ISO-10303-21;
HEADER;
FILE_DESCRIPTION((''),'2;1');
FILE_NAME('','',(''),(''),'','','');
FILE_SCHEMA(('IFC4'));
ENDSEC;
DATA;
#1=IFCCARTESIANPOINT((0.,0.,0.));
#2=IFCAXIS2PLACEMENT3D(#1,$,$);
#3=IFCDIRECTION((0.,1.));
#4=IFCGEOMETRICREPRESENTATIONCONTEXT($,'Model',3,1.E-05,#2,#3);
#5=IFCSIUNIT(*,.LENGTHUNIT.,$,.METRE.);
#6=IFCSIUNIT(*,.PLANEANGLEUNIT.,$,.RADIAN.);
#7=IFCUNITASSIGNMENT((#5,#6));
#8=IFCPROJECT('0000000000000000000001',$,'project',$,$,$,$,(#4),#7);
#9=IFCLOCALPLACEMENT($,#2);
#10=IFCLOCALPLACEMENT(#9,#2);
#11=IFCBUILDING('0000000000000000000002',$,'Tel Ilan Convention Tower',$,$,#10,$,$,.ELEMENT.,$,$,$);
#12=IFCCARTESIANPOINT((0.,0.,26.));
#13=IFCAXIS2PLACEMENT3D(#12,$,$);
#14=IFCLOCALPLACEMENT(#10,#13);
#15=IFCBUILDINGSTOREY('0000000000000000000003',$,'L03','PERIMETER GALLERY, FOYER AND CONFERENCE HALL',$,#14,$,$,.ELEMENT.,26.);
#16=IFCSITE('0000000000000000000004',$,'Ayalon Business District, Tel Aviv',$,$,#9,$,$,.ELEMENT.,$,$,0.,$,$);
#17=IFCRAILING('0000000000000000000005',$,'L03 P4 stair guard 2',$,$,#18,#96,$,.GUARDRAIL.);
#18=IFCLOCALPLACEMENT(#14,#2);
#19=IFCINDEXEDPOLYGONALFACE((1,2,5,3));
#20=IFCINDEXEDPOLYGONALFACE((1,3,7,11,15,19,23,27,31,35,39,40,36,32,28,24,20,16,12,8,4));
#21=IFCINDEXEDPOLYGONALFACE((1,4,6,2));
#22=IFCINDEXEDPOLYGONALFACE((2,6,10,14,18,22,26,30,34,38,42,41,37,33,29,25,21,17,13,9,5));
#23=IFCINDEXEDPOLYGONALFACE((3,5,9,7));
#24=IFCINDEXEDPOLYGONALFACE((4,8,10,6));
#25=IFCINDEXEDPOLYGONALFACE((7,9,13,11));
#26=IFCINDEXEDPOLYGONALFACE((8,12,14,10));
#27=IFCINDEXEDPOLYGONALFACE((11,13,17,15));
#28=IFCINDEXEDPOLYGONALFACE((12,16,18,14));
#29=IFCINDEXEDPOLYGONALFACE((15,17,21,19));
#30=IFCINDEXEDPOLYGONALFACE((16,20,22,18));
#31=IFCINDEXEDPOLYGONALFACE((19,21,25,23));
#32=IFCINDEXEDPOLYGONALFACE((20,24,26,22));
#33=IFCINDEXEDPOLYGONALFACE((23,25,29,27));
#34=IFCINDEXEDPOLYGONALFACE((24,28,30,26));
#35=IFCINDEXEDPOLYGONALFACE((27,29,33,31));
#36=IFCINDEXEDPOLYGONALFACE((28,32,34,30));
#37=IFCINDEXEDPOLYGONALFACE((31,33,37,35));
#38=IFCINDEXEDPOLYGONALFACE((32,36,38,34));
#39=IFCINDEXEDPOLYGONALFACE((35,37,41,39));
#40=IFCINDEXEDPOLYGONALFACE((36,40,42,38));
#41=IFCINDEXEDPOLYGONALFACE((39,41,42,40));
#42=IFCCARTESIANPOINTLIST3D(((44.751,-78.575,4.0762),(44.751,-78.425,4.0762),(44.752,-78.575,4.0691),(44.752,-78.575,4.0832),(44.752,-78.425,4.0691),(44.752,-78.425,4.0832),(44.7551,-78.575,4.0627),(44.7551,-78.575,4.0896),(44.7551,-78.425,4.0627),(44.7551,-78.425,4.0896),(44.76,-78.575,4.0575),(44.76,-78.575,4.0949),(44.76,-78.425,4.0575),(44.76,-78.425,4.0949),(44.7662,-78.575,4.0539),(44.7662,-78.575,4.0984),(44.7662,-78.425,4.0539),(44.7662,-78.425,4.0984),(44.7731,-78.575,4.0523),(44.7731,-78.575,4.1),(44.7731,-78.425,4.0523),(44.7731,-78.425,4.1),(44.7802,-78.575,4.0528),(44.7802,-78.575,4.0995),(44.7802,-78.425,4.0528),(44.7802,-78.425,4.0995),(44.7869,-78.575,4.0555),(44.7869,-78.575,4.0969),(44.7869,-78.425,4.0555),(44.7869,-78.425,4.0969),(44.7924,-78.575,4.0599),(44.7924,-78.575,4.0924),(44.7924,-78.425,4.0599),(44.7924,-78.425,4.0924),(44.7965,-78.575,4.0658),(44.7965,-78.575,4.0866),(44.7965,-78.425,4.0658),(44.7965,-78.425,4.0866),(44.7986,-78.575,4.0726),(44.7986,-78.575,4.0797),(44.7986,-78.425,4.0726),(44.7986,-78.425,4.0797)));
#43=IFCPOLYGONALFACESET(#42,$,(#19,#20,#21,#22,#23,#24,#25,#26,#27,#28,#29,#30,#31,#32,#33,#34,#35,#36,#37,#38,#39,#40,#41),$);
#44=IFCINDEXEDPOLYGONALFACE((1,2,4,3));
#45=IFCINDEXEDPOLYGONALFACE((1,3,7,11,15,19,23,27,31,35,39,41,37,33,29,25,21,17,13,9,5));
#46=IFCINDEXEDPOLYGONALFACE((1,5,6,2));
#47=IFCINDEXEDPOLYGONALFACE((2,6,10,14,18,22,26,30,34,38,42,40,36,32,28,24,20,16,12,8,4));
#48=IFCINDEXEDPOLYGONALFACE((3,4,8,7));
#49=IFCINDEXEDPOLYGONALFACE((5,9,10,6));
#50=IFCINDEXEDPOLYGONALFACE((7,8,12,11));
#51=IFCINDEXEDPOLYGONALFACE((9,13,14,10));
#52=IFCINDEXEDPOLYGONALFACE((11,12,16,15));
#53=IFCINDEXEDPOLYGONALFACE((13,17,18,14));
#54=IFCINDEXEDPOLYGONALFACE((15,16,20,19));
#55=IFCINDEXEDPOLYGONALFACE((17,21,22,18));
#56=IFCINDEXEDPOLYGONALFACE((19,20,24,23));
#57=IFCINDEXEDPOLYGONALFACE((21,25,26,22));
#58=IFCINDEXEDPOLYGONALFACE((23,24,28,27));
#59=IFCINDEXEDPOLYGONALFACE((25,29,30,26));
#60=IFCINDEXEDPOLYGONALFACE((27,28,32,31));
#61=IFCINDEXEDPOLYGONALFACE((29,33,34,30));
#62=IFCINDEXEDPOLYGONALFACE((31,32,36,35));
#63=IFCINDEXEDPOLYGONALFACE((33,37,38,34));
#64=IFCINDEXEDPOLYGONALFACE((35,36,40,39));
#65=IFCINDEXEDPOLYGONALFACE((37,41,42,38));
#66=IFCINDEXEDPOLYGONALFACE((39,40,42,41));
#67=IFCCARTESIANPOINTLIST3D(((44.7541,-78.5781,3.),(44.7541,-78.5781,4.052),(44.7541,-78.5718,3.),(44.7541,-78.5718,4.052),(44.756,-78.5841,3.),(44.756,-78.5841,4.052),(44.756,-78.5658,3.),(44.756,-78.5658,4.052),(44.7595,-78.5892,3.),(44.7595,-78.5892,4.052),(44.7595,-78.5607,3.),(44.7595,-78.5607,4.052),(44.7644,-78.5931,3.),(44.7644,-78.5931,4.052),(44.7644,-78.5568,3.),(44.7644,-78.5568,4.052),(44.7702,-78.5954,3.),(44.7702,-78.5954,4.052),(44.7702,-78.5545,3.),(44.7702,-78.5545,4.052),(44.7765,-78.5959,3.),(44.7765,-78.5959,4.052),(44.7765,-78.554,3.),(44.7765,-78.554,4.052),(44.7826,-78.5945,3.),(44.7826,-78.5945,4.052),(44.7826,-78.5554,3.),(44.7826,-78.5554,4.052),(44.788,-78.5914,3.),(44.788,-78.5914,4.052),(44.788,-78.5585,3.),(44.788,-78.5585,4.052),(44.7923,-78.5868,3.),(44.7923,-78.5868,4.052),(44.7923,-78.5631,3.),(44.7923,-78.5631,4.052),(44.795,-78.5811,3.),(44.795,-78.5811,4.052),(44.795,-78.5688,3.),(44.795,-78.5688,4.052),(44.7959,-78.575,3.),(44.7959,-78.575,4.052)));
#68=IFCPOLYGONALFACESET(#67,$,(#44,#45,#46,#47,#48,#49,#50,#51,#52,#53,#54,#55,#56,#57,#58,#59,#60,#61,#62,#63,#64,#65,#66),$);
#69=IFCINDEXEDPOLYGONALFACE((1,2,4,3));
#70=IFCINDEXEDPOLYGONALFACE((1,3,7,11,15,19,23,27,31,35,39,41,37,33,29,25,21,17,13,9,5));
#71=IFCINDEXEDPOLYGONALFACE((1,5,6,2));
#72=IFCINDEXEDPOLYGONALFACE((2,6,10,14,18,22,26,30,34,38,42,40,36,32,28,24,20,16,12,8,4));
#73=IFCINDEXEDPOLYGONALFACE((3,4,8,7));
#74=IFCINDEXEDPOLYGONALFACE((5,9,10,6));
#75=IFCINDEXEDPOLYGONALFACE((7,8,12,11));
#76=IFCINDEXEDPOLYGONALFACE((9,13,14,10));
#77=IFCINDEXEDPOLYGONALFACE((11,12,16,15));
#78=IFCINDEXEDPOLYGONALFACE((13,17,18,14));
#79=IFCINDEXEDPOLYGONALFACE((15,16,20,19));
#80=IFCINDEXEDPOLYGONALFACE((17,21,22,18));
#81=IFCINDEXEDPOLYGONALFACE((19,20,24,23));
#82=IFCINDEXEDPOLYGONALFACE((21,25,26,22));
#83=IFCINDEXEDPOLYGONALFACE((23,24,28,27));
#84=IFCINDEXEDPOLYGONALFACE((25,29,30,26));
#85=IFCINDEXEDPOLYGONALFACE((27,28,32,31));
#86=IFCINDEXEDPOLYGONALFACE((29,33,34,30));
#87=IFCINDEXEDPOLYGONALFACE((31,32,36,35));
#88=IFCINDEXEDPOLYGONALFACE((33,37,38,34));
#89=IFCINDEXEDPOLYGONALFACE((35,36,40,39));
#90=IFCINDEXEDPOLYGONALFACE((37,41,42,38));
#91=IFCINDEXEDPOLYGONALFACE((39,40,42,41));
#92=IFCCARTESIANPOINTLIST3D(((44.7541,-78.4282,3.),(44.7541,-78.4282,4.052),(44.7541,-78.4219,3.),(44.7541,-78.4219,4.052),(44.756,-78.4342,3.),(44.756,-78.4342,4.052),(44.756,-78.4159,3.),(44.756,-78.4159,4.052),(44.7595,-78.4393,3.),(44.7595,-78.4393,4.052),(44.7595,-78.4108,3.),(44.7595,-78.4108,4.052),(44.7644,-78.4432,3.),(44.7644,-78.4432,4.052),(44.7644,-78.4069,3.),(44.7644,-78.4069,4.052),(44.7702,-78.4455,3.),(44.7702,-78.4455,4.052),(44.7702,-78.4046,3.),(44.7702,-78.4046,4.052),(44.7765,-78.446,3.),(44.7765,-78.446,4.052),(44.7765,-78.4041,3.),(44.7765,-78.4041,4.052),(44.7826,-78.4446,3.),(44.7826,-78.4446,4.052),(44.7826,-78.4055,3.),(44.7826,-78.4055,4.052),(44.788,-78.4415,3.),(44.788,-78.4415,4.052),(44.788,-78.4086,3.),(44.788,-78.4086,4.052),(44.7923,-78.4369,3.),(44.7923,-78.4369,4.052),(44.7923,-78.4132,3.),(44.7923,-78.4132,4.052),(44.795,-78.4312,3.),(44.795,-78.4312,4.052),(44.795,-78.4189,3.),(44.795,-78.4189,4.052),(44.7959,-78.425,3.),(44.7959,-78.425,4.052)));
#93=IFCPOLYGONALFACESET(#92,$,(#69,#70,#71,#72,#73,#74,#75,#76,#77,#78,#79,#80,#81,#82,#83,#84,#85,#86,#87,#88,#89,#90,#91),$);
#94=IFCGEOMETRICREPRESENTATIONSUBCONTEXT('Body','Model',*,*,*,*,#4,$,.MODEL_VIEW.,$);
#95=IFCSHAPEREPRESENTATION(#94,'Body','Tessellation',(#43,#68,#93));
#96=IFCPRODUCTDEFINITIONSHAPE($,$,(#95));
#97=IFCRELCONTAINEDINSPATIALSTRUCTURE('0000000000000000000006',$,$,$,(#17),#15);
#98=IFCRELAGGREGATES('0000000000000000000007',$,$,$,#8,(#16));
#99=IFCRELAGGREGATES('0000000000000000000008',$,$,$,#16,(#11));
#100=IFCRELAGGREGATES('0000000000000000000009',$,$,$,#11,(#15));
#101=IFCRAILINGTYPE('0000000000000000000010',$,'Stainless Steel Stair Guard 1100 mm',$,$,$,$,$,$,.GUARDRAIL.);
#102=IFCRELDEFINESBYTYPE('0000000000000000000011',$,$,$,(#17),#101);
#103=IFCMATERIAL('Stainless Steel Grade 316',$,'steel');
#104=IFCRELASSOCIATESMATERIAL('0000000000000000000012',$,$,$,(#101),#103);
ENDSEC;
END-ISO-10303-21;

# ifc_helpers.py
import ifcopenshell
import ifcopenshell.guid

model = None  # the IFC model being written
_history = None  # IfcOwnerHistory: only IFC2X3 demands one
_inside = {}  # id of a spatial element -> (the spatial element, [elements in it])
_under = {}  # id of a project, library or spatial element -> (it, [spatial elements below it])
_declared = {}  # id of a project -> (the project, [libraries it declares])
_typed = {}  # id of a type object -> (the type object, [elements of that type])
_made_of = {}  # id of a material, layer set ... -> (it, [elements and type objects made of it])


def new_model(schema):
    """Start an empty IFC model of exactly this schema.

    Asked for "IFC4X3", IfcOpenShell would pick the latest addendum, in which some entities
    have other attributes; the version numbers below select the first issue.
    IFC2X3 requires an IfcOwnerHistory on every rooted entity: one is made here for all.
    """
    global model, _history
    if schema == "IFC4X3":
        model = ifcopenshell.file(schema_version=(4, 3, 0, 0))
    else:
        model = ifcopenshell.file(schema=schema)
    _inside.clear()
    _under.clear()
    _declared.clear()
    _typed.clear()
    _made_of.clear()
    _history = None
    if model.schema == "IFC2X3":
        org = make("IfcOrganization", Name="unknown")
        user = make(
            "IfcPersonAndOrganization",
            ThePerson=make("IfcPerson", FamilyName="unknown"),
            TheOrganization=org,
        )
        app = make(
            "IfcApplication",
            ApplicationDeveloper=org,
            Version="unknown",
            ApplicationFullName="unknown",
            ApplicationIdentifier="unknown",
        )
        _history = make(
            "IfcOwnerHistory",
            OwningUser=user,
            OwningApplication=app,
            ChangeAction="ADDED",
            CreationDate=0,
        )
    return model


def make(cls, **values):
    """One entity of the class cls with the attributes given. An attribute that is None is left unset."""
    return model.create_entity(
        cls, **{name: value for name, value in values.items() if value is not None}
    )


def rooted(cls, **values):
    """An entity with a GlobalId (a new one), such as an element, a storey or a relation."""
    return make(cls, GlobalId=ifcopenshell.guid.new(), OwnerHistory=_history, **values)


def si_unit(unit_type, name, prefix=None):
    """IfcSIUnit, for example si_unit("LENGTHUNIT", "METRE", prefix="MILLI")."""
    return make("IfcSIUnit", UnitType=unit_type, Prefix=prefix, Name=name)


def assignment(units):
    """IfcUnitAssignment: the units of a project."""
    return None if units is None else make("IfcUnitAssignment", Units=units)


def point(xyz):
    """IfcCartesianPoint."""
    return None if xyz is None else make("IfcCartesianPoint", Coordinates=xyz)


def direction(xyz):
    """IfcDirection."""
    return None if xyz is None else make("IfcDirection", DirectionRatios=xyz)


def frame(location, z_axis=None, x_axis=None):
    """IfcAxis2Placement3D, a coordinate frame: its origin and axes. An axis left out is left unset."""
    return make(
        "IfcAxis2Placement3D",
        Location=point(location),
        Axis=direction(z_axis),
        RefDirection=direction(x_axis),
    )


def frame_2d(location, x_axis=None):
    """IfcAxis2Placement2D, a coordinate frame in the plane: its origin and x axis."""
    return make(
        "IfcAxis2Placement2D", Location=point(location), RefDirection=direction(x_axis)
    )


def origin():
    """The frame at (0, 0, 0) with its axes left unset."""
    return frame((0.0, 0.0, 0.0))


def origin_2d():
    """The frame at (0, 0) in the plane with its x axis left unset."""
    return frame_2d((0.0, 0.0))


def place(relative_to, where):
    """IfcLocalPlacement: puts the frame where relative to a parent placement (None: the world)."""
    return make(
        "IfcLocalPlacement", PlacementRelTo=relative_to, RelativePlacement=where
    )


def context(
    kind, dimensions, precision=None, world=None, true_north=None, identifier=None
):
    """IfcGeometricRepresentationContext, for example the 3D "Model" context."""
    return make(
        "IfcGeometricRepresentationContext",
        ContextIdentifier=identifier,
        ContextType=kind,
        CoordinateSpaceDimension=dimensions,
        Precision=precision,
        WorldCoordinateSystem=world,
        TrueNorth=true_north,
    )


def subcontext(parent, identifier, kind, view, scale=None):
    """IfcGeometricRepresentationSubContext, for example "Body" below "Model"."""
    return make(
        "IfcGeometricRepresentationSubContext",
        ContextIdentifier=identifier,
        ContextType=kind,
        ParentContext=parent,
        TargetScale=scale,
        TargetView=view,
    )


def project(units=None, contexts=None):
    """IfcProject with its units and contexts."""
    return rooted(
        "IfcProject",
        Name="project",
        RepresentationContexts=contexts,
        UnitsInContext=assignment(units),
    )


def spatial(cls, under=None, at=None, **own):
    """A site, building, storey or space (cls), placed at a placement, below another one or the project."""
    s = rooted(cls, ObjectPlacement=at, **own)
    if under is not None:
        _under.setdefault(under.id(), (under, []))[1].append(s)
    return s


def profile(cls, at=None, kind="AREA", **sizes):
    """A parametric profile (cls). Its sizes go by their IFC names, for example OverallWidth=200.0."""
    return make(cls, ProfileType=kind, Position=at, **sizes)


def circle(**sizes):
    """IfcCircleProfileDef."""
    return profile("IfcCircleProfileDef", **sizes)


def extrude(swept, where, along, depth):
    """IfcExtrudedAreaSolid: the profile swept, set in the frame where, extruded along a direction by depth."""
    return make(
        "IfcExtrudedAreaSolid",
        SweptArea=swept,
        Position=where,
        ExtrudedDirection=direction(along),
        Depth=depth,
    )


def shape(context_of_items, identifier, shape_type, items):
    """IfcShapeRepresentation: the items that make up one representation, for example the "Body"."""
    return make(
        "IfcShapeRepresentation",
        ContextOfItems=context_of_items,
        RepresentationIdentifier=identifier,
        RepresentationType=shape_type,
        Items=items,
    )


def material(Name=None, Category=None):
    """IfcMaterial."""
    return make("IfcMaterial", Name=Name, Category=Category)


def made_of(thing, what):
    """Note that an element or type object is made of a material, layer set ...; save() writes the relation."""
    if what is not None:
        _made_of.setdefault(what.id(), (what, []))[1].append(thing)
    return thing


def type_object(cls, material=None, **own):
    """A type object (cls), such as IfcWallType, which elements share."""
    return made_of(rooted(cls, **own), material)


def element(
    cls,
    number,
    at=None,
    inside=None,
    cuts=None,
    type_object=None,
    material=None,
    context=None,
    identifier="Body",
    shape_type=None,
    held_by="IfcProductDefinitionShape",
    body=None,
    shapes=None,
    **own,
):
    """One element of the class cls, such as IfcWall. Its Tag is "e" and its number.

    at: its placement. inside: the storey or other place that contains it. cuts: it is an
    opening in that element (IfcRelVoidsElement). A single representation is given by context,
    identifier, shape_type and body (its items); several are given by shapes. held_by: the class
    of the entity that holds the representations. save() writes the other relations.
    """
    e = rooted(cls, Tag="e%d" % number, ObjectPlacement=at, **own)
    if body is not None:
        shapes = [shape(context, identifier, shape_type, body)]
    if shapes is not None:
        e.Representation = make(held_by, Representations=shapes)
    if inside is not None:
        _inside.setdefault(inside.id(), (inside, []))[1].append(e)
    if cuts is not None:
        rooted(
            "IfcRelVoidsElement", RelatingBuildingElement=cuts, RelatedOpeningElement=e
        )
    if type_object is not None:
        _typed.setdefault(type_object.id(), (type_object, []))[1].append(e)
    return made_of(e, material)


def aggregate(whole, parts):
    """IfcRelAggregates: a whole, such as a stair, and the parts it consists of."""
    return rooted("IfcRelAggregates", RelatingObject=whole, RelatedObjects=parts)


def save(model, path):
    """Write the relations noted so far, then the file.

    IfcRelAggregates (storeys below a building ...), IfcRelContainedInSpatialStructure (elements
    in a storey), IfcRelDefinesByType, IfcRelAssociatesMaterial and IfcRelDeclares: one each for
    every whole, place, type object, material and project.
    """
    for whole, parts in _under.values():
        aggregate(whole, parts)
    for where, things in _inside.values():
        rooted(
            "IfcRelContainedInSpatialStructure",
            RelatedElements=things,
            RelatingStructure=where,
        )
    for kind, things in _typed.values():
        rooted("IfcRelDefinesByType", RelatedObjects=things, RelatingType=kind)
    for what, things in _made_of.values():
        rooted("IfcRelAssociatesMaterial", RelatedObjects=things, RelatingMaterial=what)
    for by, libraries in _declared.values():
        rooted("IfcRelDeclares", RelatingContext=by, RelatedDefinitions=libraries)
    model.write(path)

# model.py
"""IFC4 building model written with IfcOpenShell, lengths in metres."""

from ifc_helpers import new_model, si_unit, direction, frame, origin, origin_2d, place, context, subcontext, project, spatial, circle, extrude, material, type_object, element, save


model = new_model("IFC4")

# Units and contexts
model_context = context("Model", 3, precision=1e-05, world=origin(), true_north=direction((0.0, 1.0)))
body_context = subcontext(model_context, "Body", "Model", "MODEL_VIEW")
ifc_project = project(units=[si_unit("LENGTHUNIT", "METRE"), si_unit("PLANEANGLEUNIT", "RADIAN")], contexts=[model_context])

# Site, building, storey
site_placement = place(None, origin())
site = spatial("IfcSite", under=ifc_project, at=site_placement, Name="Ayalon Business District, Tel Aviv", CompositionType="ELEMENT", RefElevation=0.0)
building_placement = place(site_placement, origin())
building = spatial("IfcBuilding", under=site, at=building_placement, Name="Tel Ilan Convention Tower", CompositionType="ELEMENT")
storey_placement = place(building_placement, frame((0.0, 0.0, 26.0)))
storey = spatial("IfcBuildingStorey", under=building, at=storey_placement, Name="L03", Description="PERIMETER GALLERY, FOYER AND CONFERENCE HALL", CompositionType="ELEMENT", Elevation=26.0)

# Railing
ifc_material_1 = material(Name="Stainless Steel Grade 316", Category="steel")
railing_type_1 = type_object("IfcRailingType", Name="Stainless Steel Stair Guard 1100 mm", PredefinedType="GUARDRAIL", material=ifc_material_1)
railing_1_placement = place(storey_placement, frame((44.7749, -78.575, 3.0)))
element("IfcRailing", 1, at=railing_1_placement, inside=storey, type_object=railing_type_1, Name="L03 P4 stair guard 2", PredefinedType="GUARDRAIL", context=body_context, shape_type="SweptSolid", body=[
    extrude(circle(Radius=0.0239, at=origin_2d()), frame((0.0, 0.0, 1.0762), z_axis=(0.0, 1.0, 0.0), x_axis=(-1.0, 0.0, 0.0)), (0.0, 0.0, 1.0), 0.1499),
    extrude(circle(Radius=0.021, at=origin_2d()), origin(), (0.0, 0.0, 1.0), 1.052),
    extrude(circle(Radius=0.021, at=origin_2d()), frame((0.0, 0.1499, 0.0)), (0.0, 0.0, 1.0), 1.052),
])

save(model, "model.ifc")
